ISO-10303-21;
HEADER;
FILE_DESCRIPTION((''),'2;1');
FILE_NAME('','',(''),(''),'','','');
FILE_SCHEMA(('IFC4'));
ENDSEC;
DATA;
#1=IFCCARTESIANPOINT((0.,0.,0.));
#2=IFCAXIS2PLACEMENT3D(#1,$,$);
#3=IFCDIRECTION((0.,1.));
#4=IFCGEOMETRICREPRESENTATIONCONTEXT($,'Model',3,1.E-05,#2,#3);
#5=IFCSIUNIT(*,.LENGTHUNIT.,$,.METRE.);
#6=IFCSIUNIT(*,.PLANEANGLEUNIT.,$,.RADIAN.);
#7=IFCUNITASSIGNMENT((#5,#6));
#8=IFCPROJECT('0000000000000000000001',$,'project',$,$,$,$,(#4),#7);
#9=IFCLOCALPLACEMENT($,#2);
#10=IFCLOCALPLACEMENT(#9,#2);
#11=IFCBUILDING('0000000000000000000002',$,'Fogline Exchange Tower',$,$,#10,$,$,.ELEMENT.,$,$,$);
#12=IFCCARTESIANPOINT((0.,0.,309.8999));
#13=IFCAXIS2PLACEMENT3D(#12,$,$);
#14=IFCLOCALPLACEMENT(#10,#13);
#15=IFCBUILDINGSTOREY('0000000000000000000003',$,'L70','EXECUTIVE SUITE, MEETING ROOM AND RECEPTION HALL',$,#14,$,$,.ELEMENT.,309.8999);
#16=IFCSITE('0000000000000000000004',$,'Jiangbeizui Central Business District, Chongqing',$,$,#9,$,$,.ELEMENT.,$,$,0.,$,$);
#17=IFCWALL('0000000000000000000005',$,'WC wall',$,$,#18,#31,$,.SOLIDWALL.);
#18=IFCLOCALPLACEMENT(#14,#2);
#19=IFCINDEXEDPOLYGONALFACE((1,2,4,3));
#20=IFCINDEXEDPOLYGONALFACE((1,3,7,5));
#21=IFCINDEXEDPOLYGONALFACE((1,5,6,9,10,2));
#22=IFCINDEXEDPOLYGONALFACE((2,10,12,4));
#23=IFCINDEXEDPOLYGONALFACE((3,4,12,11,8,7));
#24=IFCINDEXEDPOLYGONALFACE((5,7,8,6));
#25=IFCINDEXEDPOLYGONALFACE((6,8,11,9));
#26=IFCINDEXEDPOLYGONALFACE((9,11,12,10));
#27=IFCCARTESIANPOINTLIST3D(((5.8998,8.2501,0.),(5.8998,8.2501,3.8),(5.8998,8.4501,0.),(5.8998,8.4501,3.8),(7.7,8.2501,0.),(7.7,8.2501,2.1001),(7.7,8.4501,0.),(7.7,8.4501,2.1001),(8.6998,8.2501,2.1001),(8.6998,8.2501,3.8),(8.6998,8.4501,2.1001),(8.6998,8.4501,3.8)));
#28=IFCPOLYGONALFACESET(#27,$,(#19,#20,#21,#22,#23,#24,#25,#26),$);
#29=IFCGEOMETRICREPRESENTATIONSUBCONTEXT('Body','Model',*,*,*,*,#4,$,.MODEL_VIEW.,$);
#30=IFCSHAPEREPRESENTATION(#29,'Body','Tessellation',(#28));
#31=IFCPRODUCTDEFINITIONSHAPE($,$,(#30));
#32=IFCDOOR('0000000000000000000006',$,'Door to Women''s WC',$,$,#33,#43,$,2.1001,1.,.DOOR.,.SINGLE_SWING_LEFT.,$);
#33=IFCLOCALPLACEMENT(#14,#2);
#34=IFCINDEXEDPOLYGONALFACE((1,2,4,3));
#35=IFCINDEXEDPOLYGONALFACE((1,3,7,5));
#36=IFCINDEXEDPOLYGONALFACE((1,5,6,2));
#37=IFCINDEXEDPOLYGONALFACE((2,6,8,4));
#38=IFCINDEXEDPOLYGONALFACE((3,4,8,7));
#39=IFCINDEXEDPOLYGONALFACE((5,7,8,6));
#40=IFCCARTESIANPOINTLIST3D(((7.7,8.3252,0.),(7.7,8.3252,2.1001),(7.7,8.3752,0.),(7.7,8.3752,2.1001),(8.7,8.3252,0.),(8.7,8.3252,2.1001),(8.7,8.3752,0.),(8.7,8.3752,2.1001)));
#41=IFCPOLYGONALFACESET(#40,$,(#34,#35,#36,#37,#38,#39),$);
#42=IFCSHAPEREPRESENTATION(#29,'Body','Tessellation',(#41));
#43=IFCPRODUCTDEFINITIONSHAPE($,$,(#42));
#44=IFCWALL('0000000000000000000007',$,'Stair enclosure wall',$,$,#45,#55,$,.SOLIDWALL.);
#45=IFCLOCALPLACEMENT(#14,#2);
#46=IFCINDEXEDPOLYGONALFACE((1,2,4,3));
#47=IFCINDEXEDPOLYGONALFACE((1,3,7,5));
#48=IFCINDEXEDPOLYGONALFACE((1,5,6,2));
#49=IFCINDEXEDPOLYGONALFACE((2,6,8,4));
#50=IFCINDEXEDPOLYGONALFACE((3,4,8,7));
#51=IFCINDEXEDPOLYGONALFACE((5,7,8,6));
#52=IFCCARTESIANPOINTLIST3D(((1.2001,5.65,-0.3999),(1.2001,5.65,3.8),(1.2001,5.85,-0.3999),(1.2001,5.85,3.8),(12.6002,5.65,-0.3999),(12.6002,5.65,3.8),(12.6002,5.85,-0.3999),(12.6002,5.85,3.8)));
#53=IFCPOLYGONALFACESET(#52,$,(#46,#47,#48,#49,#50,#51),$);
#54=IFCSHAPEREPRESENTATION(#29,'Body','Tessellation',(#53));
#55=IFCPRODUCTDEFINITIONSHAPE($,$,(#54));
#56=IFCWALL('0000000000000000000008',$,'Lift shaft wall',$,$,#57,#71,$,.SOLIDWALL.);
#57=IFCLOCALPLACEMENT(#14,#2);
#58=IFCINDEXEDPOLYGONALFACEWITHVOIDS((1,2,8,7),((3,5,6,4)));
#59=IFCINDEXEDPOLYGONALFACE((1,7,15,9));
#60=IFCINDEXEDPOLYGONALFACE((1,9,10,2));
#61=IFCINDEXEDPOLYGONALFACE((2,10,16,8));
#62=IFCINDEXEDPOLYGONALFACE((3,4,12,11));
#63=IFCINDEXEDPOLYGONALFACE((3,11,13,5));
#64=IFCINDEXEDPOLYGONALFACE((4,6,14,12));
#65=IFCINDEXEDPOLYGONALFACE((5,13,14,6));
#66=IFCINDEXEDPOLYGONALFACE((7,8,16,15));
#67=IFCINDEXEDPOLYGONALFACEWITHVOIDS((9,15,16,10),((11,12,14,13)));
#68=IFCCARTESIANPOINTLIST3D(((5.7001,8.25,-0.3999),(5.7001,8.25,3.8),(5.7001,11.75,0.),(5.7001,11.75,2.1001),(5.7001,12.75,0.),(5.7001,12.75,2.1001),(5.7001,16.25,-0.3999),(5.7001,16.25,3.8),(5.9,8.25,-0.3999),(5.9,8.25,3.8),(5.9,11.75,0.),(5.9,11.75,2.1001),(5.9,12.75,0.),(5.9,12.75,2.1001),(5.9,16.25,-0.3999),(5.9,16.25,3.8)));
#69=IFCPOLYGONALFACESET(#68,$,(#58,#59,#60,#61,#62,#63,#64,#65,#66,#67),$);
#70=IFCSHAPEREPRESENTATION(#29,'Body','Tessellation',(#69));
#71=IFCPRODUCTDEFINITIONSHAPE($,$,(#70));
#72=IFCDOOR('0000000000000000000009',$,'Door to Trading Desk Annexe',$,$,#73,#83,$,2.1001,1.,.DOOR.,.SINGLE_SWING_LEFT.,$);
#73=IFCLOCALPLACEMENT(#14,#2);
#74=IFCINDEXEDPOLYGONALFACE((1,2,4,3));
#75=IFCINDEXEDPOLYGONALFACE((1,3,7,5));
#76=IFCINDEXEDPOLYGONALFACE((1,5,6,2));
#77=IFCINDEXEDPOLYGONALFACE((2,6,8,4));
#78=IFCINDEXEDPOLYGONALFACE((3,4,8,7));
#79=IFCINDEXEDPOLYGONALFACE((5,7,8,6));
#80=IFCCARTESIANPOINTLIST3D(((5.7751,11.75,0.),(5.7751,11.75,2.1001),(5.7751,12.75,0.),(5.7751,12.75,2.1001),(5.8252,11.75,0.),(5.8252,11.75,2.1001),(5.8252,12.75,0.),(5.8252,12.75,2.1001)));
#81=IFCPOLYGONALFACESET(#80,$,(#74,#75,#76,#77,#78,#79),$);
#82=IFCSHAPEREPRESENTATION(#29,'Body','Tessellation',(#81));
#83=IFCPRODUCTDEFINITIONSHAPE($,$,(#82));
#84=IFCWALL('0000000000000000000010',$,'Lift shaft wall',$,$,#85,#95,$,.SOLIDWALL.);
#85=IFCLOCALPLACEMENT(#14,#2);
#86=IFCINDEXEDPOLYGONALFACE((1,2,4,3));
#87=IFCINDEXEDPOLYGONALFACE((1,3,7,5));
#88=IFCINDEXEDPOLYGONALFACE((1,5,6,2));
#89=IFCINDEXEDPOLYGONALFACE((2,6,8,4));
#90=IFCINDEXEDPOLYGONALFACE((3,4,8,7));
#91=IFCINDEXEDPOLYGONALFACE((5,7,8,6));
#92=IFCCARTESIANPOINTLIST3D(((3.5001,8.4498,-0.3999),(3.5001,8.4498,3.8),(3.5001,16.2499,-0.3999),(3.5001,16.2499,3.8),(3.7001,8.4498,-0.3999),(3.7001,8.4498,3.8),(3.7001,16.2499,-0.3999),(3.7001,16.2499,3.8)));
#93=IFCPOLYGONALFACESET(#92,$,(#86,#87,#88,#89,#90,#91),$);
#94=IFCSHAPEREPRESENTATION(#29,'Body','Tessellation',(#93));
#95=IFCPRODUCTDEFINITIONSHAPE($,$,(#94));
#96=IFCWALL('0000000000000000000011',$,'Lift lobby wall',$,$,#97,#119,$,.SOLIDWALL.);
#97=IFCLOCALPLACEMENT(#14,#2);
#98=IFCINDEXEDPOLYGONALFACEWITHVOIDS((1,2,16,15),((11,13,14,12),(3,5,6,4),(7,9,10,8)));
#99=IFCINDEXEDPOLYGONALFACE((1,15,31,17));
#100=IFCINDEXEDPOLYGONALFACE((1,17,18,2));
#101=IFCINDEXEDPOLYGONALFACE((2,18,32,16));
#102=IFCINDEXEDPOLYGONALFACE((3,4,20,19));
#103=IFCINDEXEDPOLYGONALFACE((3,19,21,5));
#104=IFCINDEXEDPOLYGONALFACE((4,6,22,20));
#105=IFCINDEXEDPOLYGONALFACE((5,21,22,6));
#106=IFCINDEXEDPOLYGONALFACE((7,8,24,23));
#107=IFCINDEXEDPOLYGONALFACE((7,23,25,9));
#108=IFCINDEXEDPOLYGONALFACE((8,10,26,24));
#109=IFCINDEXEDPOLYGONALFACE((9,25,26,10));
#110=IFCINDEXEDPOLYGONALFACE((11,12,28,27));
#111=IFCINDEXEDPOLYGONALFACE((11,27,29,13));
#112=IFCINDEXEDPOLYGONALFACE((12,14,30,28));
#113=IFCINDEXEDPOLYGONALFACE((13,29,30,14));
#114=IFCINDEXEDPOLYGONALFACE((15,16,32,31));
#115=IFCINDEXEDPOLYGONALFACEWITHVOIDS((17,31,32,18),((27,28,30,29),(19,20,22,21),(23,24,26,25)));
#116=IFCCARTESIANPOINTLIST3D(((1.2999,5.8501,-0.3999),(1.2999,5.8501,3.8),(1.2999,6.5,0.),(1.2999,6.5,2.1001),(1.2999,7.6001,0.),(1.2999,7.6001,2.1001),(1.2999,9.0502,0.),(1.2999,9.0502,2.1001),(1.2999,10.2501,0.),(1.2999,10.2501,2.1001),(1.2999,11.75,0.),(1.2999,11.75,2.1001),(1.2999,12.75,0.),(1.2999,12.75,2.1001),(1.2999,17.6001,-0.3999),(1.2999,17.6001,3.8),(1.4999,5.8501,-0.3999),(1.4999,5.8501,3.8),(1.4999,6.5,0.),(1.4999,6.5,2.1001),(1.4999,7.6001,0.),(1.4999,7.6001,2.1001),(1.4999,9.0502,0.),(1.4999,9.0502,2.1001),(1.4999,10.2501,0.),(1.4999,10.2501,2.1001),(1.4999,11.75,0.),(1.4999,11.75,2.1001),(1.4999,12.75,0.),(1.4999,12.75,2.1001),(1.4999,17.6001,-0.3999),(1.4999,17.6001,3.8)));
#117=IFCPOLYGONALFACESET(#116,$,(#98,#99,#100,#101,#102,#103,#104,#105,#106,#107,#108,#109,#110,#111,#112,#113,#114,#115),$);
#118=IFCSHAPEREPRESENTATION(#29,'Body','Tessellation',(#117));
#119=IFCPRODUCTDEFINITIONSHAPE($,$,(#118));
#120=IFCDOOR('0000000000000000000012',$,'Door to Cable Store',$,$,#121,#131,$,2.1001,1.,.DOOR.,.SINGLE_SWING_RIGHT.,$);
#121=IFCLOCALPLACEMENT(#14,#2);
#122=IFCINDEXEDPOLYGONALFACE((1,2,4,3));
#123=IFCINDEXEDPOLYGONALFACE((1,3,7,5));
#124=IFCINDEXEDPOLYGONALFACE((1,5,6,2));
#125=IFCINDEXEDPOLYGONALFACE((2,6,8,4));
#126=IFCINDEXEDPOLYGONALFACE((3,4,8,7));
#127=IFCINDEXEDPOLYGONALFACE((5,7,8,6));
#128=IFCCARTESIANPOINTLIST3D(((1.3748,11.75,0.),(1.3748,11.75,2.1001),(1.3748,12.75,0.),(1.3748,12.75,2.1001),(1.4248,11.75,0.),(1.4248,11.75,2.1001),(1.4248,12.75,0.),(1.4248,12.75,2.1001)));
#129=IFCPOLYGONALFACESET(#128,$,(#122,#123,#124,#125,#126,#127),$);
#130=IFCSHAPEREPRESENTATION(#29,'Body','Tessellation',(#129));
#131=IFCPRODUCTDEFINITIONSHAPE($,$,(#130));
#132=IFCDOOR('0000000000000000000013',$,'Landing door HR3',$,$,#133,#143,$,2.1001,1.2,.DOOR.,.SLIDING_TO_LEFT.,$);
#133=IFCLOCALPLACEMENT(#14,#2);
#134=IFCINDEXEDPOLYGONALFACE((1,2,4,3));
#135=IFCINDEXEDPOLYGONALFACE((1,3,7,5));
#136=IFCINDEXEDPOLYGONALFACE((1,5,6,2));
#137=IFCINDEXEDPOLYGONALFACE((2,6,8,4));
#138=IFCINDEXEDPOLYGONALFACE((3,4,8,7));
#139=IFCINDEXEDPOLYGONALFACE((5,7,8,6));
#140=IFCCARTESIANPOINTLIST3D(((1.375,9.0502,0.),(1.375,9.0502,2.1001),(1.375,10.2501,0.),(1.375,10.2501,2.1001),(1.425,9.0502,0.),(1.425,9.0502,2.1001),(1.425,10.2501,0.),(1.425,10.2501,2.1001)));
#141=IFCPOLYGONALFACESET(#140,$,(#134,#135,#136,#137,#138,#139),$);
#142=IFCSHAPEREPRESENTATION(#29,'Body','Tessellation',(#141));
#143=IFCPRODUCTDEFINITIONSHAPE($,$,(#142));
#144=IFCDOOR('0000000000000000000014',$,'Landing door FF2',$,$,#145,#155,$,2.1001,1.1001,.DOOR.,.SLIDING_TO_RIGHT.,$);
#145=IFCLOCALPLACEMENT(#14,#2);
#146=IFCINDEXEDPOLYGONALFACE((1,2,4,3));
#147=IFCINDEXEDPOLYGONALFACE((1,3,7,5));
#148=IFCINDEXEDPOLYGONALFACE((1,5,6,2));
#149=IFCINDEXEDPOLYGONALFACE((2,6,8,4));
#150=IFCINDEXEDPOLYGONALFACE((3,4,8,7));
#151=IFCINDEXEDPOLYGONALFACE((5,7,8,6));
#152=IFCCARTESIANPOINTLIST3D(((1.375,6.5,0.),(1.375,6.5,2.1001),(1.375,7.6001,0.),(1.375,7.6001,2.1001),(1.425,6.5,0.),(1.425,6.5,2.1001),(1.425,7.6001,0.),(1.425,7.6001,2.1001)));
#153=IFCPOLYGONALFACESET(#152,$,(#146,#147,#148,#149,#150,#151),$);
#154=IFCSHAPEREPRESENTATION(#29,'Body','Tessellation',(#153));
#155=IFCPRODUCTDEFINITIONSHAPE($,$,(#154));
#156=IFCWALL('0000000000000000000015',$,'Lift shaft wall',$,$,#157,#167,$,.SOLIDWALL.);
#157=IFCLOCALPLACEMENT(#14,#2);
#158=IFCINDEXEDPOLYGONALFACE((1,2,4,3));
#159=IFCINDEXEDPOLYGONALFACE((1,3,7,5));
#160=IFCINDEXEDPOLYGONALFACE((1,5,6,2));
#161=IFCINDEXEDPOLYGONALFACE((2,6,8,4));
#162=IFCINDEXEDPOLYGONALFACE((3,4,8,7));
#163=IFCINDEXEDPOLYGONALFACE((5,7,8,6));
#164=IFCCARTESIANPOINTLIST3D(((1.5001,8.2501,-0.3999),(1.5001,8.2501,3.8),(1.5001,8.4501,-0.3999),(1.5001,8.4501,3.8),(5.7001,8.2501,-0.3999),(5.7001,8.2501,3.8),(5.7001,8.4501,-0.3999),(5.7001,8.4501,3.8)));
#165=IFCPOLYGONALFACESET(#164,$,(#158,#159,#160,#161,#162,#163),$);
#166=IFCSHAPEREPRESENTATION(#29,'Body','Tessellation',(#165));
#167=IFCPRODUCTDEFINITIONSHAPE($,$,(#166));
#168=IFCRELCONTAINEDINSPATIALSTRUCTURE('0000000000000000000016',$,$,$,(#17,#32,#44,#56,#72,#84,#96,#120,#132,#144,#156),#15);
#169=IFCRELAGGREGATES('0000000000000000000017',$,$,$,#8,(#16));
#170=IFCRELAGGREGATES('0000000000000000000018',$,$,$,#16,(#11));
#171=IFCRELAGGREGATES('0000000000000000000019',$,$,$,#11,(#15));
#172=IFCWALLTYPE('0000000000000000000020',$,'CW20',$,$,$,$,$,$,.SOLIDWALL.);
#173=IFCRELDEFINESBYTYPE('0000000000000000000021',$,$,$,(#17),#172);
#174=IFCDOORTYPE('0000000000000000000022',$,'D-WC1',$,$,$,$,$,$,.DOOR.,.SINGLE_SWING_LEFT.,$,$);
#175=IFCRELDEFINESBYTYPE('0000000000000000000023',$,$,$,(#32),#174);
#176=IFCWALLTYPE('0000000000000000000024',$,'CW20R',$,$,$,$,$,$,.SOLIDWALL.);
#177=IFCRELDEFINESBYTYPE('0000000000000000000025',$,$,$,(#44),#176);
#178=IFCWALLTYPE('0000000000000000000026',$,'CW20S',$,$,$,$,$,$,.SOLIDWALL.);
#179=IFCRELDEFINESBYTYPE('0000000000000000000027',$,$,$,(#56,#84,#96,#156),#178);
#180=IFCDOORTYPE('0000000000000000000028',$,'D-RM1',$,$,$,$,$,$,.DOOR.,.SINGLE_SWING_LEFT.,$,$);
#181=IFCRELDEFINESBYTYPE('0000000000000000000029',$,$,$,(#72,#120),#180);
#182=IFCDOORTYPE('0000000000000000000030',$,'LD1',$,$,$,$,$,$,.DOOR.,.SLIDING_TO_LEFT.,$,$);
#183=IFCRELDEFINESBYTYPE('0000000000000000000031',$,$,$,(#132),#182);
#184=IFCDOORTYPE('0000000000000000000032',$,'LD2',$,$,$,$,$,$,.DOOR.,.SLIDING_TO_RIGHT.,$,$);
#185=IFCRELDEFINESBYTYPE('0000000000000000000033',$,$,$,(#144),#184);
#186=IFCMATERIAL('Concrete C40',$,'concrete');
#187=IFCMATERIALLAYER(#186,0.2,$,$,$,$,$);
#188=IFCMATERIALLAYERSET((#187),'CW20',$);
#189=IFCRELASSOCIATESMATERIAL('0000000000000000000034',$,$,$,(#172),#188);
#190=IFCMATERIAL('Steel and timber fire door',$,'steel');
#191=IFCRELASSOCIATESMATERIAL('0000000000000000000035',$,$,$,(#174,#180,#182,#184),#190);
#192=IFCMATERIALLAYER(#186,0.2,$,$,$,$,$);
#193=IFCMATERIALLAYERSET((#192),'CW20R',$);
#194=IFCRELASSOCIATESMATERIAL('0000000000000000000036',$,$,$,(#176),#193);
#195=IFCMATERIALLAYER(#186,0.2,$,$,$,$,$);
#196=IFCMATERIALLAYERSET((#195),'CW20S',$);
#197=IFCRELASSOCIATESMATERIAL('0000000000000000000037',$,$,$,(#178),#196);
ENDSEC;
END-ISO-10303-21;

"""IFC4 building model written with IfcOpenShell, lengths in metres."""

from ifc_helpers import new_model, si_unit, direction, frame, frame_2d, origin, place, context, subcontext, project, spatial, rectangle, extrude, material, layer, layer_set, type_object, element, fill, save


model = new_model("IFC4")

# Units and contexts
model_context = context("Model", 3, precision=1e-05, world=origin(), true_north=direction((0.0, 1.0)))
body_context = subcontext(model_context, "Body", "Model", "MODEL_VIEW")
ifc_project = project(units=[si_unit("LENGTHUNIT", "METRE"), si_unit("PLANEANGLEUNIT", "RADIAN")], contexts=[model_context])

# Site, building, storey
site_placement = place(None, origin())
site = spatial("IfcSite", under=ifc_project, at=site_placement, Name="Jiangbeizui Central Business District, Chongqing", CompositionType="ELEMENT", RefElevation=0.0)
building_placement = place(site_placement, origin())
building = spatial("IfcBuilding", under=site, at=building_placement, Name="Fogline Exchange Tower", CompositionType="ELEMENT")
storey_placement = place(building_placement, frame((0.0, 0.0, 309.8999)))
storey = spatial("IfcBuildingStorey", under=building, at=storey_placement, Name="L70", Description="EXECUTIVE SUITE, MEETING ROOM AND RECEPTION HALL", CompositionType="ELEMENT", Elevation=309.8999)

# Shared definitions
ifc_material_1 = material(Name="Concrete C40", Category="concrete")

# Wall, opening, door
ifc_layer_1 = layer(ifc_material_1, 0.2)
ifc_layer_set_1 = layer_set([ifc_layer_1], Name="CW20")
wall_type_1 = type_object("IfcWallType", Name="CW20", PredefinedType="SOLIDWALL", material=ifc_layer_set_1)
wall_1_placement = place(storey_placement, frame((5.8999, 8.3501, 0.0), z_axis=(0.0, 0.0, 1.0), x_axis=(1.0, 0.0, 0.0)))
wall_1 = element("IfcWall", 1, at=wall_1_placement, inside=storey, type_object=wall_type_1, Name="WC wall", PredefinedType="SOLIDWALL", context=body_context, shape_type="SweptSolid", body=[
    extrude(rectangle(XDim=2.8, YDim=0.2, at=frame_2d((1.3999, 0.0))), origin(), (0.0, 0.0, 1.0), 3.8),
])
opening_1_placement = place(wall_1_placement, frame((1.8, 0.0, 0.0)))
opening_1 = element("IfcOpeningElement", 2, at=opening_1_placement, cuts=wall_1, PredefinedType="OPENING", context=body_context, shape_type="SweptSolid", body=[
    extrude(rectangle(XDim=1.0, YDim=2.1001, at=frame_2d((0.5, 1.05))), frame((0.0, 0.1099, 0.0), z_axis=(0.0, -1.0, 0.0), x_axis=(1.0, 0.0, 0.0)), (0.0, 0.0, 1.0), 0.22),
])
ifc_material_2 = material(Name="Steel and timber fire door", Category="steel")
door_type_1 = type_object("IfcDoorType", Name="D-WC1", OperationType="SINGLE_SWING_LEFT", PredefinedType="DOOR", material=ifc_material_2)
door_1_placement = place(opening_1_placement, frame((1.0, 0.0, 0.0), z_axis=(0.0, 0.0, 1.0), x_axis=(-1.0, 0.0, 0.0)))
door_1 = element("IfcDoor", 3, at=door_1_placement, inside=storey, type_object=door_type_1, Name="Door to Women's WC", OperationType="SINGLE_SWING_LEFT", OverallHeight=2.1001, OverallWidth=1.0, PredefinedType="DOOR", context=body_context, shape_type="SweptSolid", body=[
    extrude(rectangle(XDim=1.0, YDim=2.1001, at=frame_2d((0.5, 1.05))), frame((0.0, 0.0249, 0.0), z_axis=(0.0, -1.0, 0.0), x_axis=(1.0, 0.0, 0.0)), (0.0, 0.0, 1.0), 0.05),
])
fill(opening_1, door_1)

# Wall
ifc_layer_2 = layer(ifc_material_1, 0.2)
ifc_layer_set_2 = layer_set([ifc_layer_2], Name="CW20R")
wall_type_2 = type_object("IfcWallType", Name="CW20R", PredefinedType="SOLIDWALL", material=ifc_layer_set_2)
wall_2_placement = place(storey_placement, frame((1.2, 5.75, -0.3999), z_axis=(0.0, 0.0, 1.0), x_axis=(1.0, 0.0, 0.0)))
element("IfcWall", 4, at=wall_2_placement, inside=storey, type_object=wall_type_2, Name="Stair enclosure wall", PredefinedType="SOLIDWALL", context=body_context, shape_type="SweptSolid", body=[
    extrude(rectangle(XDim=11.4001, YDim=0.2, at=frame_2d((5.7002, 0.0))), origin(), (0.0, 0.0, 1.0), 4.2),
])

# Wall, opening, door
ifc_layer_3 = layer(ifc_material_1, 0.2)
ifc_layer_set_3 = layer_set([ifc_layer_3], Name="CW20S")
wall_type_3 = type_object("IfcWallType", Name="CW20S", PredefinedType="SOLIDWALL", material=ifc_layer_set_3)
wall_3_placement = place(storey_placement, frame((5.8, 8.25, -0.3999), z_axis=(0.0, 0.0, 1.0), x_axis=(0.0, 1.0, 0.0)))
wall_3 = element("IfcWall", 5, at=wall_3_placement, inside=storey, type_object=wall_type_3, Name="Lift shaft wall", PredefinedType="SOLIDWALL", context=body_context, shape_type="SweptSolid", body=[
    extrude(rectangle(XDim=8.0, YDim=0.2, at=frame_2d((4.0, 0.0))), origin(), (0.0, 0.0, 1.0), 4.2),
])
opening_2_placement = place(wall_3_placement, frame((3.5, 0.0, 0.3999)))
opening_2 = element("IfcOpeningElement", 6, at=opening_2_placement, cuts=wall_3, PredefinedType="OPENING", context=body_context, shape_type="SweptSolid", body=[
    extrude(rectangle(XDim=1.0, YDim=2.1001, at=frame_2d((0.5, 1.05))), frame((0.0, 0.1099, 0.0), z_axis=(0.0, -1.0, 0.0), x_axis=(1.0, 0.0, 0.0)), (0.0, 0.0, 1.0), 0.22),
])
door_type_2 = type_object("IfcDoorType", Name="D-RM1", OperationType="SINGLE_SWING_LEFT", PredefinedType="DOOR", material=ifc_material_2)
door_2_placement = place(opening_2_placement, origin())
door_2 = element("IfcDoor", 7, at=door_2_placement, inside=storey, type_object=door_type_2, Name="Door to Trading Desk Annexe", OperationType="SINGLE_SWING_LEFT", OverallHeight=2.1001, OverallWidth=1.0, PredefinedType="DOOR", context=body_context, shape_type="SweptSolid", body=[
    extrude(rectangle(XDim=1.0, YDim=2.1001, at=frame_2d((0.5, 1.05))), frame((0.0, 0.0249, 0.0), z_axis=(0.0, -1.0, 0.0), x_axis=(1.0, 0.0, 0.0)), (0.0, 0.0, 1.0), 0.05),
])
fill(opening_2, door_2)

# Wall
wall_4_placement = place(storey_placement, frame((3.6001, 8.45, -0.3999), z_axis=(0.0, 0.0, 1.0), x_axis=(0.0, 1.0, 0.0)))
element("IfcWall", 8, at=wall_4_placement, inside=storey, type_object=wall_type_3, Name="Lift shaft wall", PredefinedType="SOLIDWALL", context=body_context, shape_type="SweptSolid", body=[
    extrude(rectangle(XDim=7.8, YDim=0.2, at=frame_2d((3.8999, 0.0))), origin(), (0.0, 0.0, 1.0), 4.2),
])

# Wall, openings, doors
wall_5_placement = place(storey_placement, frame((1.3999, 5.8501, -0.3999), z_axis=(0.0, 0.0, 1.0), x_axis=(0.0, 1.0, 0.0)))
wall_5 = element("IfcWall", 9, at=wall_5_placement, inside=storey, type_object=wall_type_3, Name="Lift lobby wall", PredefinedType="SOLIDWALL", context=body_context, shape_type="SweptSolid", body=[
    extrude(rectangle(XDim=11.75, YDim=0.2, at=frame_2d((5.875, 0.0))), origin(), (0.0, 0.0, 1.0), 4.2),
])
opening_3_placement = place(wall_5_placement, frame((3.2, 0.0, 0.3999)))
opening_3 = element("IfcOpeningElement", 10, at=opening_3_placement, cuts=wall_5, PredefinedType="OPENING", context=body_context, shape_type="SweptSolid", body=[
    extrude(rectangle(XDim=1.2, YDim=2.1001, at=frame_2d((0.6001, 1.05))), frame((0.0, 0.1099, 0.0), z_axis=(0.0, -1.0, 0.0), x_axis=(1.0, 0.0, 0.0)), (0.0, 0.0, 1.0), 0.22),
])
opening_4_placement = place(wall_5_placement, frame((0.6499, 0.0, 0.3999)))
opening_4 = element("IfcOpeningElement", 11, at=opening_4_placement, cuts=wall_5, PredefinedType="OPENING", context=body_context, shape_type="SweptSolid", body=[
    extrude(rectangle(XDim=1.1001, YDim=2.1001, at=frame_2d((0.55, 1.05))), frame((0.0, 0.1099, 0.0), z_axis=(0.0, -1.0, 0.0), x_axis=(1.0, 0.0, 0.0)), (0.0, 0.0, 1.0), 0.22),
])
opening_5_placement = place(wall_5_placement, frame((5.8999, 0.0, 0.3999)))
opening_5 = element("IfcOpeningElement", 12, at=opening_5_placement, cuts=wall_5, PredefinedType="OPENING", context=body_context, shape_type="SweptSolid", body=[
    extrude(rectangle(XDim=1.0, YDim=2.1001, at=frame_2d((0.5, 1.05))), frame((0.0, 0.1099, 0.0), z_axis=(0.0, -1.0, 0.0), x_axis=(1.0, 0.0, 0.0)), (0.0, 0.0, 1.0), 0.22),
])
door_3_placement = place(opening_5_placement, frame((1.0, 0.0, 0.0), z_axis=(0.0, 0.0, 1.0), x_axis=(-1.0, 0.0, 0.0)))
door_3 = element("IfcDoor", 13, at=door_3_placement, inside=storey, type_object=door_type_2, Name="Door to Cable Store", OperationType="SINGLE_SWING_RIGHT", OverallHeight=2.1001, OverallWidth=1.0, PredefinedType="DOOR", context=body_context, shape_type="SweptSolid", body=[
    extrude(rectangle(XDim=1.0, YDim=2.1001, at=frame_2d((0.5, 1.05))), frame((0.0, 0.0249, 0.0), z_axis=(0.0, -1.0, 0.0), x_axis=(1.0, 0.0, 0.0)), (0.0, 0.0, 1.0), 0.05),
])
fill(opening_5, door_3)
door_type_3 = type_object("IfcDoorType", Name="LD1", OperationType="SLIDING_TO_LEFT", PredefinedType="DOOR", material=ifc_material_2)
door_4_placement = place(opening_3_placement, origin())
door_4 = element("IfcDoor", 14, at=door_4_placement, inside=storey, type_object=door_type_3, Name="Landing door HR3", OperationType="SLIDING_TO_LEFT", OverallHeight=2.1001, OverallWidth=1.2, PredefinedType="DOOR", context=body_context, shape_type="SweptSolid", body=[
    extrude(rectangle(XDim=1.2, YDim=2.1001, at=frame_2d((0.6001, 1.05))), frame((0.0, 0.0249, 0.0), z_axis=(0.0, -1.0, 0.0), x_axis=(1.0, 0.0, 0.0)), (0.0, 0.0, 1.0), 0.05),
])
fill(opening_3, door_4)
door_type_4 = type_object("IfcDoorType", Name="LD2", OperationType="SLIDING_TO_RIGHT", PredefinedType="DOOR", material=ifc_material_2)
door_5_placement = place(opening_4_placement, origin())
door_5 = element("IfcDoor", 15, at=door_5_placement, inside=storey, type_object=door_type_4, Name="Landing door FF2", OperationType="SLIDING_TO_RIGHT", OverallHeight=2.1001, OverallWidth=1.1001, PredefinedType="DOOR", context=body_context, shape_type="SweptSolid", body=[
    extrude(rectangle(XDim=1.1001, YDim=2.1001, at=frame_2d((0.55, 1.05))), frame((0.0, 0.0249, 0.0), z_axis=(0.0, -1.0, 0.0), x_axis=(1.0, 0.0, 0.0)), (0.0, 0.0, 1.0), 0.05),
])
fill(opening_4, door_5)

# Wall
wall_6_placement = place(storey_placement, frame((1.5, 8.3501, -0.3999), z_axis=(0.0, 0.0, 1.0), x_axis=(1.0, 0.0, 0.0)))
element("IfcWall", 16, at=wall_6_placement, inside=storey, type_object=wall_type_3, Name="Lift shaft wall", PredefinedType="SOLIDWALL", context=body_context, shape_type="SweptSolid", body=[
    extrude(rectangle(XDim=4.2, YDim=0.2, at=frame_2d((2.1001, 0.0))), origin(), (0.0, 0.0, 1.0), 4.2),
])

save(model, "model.ifc")
